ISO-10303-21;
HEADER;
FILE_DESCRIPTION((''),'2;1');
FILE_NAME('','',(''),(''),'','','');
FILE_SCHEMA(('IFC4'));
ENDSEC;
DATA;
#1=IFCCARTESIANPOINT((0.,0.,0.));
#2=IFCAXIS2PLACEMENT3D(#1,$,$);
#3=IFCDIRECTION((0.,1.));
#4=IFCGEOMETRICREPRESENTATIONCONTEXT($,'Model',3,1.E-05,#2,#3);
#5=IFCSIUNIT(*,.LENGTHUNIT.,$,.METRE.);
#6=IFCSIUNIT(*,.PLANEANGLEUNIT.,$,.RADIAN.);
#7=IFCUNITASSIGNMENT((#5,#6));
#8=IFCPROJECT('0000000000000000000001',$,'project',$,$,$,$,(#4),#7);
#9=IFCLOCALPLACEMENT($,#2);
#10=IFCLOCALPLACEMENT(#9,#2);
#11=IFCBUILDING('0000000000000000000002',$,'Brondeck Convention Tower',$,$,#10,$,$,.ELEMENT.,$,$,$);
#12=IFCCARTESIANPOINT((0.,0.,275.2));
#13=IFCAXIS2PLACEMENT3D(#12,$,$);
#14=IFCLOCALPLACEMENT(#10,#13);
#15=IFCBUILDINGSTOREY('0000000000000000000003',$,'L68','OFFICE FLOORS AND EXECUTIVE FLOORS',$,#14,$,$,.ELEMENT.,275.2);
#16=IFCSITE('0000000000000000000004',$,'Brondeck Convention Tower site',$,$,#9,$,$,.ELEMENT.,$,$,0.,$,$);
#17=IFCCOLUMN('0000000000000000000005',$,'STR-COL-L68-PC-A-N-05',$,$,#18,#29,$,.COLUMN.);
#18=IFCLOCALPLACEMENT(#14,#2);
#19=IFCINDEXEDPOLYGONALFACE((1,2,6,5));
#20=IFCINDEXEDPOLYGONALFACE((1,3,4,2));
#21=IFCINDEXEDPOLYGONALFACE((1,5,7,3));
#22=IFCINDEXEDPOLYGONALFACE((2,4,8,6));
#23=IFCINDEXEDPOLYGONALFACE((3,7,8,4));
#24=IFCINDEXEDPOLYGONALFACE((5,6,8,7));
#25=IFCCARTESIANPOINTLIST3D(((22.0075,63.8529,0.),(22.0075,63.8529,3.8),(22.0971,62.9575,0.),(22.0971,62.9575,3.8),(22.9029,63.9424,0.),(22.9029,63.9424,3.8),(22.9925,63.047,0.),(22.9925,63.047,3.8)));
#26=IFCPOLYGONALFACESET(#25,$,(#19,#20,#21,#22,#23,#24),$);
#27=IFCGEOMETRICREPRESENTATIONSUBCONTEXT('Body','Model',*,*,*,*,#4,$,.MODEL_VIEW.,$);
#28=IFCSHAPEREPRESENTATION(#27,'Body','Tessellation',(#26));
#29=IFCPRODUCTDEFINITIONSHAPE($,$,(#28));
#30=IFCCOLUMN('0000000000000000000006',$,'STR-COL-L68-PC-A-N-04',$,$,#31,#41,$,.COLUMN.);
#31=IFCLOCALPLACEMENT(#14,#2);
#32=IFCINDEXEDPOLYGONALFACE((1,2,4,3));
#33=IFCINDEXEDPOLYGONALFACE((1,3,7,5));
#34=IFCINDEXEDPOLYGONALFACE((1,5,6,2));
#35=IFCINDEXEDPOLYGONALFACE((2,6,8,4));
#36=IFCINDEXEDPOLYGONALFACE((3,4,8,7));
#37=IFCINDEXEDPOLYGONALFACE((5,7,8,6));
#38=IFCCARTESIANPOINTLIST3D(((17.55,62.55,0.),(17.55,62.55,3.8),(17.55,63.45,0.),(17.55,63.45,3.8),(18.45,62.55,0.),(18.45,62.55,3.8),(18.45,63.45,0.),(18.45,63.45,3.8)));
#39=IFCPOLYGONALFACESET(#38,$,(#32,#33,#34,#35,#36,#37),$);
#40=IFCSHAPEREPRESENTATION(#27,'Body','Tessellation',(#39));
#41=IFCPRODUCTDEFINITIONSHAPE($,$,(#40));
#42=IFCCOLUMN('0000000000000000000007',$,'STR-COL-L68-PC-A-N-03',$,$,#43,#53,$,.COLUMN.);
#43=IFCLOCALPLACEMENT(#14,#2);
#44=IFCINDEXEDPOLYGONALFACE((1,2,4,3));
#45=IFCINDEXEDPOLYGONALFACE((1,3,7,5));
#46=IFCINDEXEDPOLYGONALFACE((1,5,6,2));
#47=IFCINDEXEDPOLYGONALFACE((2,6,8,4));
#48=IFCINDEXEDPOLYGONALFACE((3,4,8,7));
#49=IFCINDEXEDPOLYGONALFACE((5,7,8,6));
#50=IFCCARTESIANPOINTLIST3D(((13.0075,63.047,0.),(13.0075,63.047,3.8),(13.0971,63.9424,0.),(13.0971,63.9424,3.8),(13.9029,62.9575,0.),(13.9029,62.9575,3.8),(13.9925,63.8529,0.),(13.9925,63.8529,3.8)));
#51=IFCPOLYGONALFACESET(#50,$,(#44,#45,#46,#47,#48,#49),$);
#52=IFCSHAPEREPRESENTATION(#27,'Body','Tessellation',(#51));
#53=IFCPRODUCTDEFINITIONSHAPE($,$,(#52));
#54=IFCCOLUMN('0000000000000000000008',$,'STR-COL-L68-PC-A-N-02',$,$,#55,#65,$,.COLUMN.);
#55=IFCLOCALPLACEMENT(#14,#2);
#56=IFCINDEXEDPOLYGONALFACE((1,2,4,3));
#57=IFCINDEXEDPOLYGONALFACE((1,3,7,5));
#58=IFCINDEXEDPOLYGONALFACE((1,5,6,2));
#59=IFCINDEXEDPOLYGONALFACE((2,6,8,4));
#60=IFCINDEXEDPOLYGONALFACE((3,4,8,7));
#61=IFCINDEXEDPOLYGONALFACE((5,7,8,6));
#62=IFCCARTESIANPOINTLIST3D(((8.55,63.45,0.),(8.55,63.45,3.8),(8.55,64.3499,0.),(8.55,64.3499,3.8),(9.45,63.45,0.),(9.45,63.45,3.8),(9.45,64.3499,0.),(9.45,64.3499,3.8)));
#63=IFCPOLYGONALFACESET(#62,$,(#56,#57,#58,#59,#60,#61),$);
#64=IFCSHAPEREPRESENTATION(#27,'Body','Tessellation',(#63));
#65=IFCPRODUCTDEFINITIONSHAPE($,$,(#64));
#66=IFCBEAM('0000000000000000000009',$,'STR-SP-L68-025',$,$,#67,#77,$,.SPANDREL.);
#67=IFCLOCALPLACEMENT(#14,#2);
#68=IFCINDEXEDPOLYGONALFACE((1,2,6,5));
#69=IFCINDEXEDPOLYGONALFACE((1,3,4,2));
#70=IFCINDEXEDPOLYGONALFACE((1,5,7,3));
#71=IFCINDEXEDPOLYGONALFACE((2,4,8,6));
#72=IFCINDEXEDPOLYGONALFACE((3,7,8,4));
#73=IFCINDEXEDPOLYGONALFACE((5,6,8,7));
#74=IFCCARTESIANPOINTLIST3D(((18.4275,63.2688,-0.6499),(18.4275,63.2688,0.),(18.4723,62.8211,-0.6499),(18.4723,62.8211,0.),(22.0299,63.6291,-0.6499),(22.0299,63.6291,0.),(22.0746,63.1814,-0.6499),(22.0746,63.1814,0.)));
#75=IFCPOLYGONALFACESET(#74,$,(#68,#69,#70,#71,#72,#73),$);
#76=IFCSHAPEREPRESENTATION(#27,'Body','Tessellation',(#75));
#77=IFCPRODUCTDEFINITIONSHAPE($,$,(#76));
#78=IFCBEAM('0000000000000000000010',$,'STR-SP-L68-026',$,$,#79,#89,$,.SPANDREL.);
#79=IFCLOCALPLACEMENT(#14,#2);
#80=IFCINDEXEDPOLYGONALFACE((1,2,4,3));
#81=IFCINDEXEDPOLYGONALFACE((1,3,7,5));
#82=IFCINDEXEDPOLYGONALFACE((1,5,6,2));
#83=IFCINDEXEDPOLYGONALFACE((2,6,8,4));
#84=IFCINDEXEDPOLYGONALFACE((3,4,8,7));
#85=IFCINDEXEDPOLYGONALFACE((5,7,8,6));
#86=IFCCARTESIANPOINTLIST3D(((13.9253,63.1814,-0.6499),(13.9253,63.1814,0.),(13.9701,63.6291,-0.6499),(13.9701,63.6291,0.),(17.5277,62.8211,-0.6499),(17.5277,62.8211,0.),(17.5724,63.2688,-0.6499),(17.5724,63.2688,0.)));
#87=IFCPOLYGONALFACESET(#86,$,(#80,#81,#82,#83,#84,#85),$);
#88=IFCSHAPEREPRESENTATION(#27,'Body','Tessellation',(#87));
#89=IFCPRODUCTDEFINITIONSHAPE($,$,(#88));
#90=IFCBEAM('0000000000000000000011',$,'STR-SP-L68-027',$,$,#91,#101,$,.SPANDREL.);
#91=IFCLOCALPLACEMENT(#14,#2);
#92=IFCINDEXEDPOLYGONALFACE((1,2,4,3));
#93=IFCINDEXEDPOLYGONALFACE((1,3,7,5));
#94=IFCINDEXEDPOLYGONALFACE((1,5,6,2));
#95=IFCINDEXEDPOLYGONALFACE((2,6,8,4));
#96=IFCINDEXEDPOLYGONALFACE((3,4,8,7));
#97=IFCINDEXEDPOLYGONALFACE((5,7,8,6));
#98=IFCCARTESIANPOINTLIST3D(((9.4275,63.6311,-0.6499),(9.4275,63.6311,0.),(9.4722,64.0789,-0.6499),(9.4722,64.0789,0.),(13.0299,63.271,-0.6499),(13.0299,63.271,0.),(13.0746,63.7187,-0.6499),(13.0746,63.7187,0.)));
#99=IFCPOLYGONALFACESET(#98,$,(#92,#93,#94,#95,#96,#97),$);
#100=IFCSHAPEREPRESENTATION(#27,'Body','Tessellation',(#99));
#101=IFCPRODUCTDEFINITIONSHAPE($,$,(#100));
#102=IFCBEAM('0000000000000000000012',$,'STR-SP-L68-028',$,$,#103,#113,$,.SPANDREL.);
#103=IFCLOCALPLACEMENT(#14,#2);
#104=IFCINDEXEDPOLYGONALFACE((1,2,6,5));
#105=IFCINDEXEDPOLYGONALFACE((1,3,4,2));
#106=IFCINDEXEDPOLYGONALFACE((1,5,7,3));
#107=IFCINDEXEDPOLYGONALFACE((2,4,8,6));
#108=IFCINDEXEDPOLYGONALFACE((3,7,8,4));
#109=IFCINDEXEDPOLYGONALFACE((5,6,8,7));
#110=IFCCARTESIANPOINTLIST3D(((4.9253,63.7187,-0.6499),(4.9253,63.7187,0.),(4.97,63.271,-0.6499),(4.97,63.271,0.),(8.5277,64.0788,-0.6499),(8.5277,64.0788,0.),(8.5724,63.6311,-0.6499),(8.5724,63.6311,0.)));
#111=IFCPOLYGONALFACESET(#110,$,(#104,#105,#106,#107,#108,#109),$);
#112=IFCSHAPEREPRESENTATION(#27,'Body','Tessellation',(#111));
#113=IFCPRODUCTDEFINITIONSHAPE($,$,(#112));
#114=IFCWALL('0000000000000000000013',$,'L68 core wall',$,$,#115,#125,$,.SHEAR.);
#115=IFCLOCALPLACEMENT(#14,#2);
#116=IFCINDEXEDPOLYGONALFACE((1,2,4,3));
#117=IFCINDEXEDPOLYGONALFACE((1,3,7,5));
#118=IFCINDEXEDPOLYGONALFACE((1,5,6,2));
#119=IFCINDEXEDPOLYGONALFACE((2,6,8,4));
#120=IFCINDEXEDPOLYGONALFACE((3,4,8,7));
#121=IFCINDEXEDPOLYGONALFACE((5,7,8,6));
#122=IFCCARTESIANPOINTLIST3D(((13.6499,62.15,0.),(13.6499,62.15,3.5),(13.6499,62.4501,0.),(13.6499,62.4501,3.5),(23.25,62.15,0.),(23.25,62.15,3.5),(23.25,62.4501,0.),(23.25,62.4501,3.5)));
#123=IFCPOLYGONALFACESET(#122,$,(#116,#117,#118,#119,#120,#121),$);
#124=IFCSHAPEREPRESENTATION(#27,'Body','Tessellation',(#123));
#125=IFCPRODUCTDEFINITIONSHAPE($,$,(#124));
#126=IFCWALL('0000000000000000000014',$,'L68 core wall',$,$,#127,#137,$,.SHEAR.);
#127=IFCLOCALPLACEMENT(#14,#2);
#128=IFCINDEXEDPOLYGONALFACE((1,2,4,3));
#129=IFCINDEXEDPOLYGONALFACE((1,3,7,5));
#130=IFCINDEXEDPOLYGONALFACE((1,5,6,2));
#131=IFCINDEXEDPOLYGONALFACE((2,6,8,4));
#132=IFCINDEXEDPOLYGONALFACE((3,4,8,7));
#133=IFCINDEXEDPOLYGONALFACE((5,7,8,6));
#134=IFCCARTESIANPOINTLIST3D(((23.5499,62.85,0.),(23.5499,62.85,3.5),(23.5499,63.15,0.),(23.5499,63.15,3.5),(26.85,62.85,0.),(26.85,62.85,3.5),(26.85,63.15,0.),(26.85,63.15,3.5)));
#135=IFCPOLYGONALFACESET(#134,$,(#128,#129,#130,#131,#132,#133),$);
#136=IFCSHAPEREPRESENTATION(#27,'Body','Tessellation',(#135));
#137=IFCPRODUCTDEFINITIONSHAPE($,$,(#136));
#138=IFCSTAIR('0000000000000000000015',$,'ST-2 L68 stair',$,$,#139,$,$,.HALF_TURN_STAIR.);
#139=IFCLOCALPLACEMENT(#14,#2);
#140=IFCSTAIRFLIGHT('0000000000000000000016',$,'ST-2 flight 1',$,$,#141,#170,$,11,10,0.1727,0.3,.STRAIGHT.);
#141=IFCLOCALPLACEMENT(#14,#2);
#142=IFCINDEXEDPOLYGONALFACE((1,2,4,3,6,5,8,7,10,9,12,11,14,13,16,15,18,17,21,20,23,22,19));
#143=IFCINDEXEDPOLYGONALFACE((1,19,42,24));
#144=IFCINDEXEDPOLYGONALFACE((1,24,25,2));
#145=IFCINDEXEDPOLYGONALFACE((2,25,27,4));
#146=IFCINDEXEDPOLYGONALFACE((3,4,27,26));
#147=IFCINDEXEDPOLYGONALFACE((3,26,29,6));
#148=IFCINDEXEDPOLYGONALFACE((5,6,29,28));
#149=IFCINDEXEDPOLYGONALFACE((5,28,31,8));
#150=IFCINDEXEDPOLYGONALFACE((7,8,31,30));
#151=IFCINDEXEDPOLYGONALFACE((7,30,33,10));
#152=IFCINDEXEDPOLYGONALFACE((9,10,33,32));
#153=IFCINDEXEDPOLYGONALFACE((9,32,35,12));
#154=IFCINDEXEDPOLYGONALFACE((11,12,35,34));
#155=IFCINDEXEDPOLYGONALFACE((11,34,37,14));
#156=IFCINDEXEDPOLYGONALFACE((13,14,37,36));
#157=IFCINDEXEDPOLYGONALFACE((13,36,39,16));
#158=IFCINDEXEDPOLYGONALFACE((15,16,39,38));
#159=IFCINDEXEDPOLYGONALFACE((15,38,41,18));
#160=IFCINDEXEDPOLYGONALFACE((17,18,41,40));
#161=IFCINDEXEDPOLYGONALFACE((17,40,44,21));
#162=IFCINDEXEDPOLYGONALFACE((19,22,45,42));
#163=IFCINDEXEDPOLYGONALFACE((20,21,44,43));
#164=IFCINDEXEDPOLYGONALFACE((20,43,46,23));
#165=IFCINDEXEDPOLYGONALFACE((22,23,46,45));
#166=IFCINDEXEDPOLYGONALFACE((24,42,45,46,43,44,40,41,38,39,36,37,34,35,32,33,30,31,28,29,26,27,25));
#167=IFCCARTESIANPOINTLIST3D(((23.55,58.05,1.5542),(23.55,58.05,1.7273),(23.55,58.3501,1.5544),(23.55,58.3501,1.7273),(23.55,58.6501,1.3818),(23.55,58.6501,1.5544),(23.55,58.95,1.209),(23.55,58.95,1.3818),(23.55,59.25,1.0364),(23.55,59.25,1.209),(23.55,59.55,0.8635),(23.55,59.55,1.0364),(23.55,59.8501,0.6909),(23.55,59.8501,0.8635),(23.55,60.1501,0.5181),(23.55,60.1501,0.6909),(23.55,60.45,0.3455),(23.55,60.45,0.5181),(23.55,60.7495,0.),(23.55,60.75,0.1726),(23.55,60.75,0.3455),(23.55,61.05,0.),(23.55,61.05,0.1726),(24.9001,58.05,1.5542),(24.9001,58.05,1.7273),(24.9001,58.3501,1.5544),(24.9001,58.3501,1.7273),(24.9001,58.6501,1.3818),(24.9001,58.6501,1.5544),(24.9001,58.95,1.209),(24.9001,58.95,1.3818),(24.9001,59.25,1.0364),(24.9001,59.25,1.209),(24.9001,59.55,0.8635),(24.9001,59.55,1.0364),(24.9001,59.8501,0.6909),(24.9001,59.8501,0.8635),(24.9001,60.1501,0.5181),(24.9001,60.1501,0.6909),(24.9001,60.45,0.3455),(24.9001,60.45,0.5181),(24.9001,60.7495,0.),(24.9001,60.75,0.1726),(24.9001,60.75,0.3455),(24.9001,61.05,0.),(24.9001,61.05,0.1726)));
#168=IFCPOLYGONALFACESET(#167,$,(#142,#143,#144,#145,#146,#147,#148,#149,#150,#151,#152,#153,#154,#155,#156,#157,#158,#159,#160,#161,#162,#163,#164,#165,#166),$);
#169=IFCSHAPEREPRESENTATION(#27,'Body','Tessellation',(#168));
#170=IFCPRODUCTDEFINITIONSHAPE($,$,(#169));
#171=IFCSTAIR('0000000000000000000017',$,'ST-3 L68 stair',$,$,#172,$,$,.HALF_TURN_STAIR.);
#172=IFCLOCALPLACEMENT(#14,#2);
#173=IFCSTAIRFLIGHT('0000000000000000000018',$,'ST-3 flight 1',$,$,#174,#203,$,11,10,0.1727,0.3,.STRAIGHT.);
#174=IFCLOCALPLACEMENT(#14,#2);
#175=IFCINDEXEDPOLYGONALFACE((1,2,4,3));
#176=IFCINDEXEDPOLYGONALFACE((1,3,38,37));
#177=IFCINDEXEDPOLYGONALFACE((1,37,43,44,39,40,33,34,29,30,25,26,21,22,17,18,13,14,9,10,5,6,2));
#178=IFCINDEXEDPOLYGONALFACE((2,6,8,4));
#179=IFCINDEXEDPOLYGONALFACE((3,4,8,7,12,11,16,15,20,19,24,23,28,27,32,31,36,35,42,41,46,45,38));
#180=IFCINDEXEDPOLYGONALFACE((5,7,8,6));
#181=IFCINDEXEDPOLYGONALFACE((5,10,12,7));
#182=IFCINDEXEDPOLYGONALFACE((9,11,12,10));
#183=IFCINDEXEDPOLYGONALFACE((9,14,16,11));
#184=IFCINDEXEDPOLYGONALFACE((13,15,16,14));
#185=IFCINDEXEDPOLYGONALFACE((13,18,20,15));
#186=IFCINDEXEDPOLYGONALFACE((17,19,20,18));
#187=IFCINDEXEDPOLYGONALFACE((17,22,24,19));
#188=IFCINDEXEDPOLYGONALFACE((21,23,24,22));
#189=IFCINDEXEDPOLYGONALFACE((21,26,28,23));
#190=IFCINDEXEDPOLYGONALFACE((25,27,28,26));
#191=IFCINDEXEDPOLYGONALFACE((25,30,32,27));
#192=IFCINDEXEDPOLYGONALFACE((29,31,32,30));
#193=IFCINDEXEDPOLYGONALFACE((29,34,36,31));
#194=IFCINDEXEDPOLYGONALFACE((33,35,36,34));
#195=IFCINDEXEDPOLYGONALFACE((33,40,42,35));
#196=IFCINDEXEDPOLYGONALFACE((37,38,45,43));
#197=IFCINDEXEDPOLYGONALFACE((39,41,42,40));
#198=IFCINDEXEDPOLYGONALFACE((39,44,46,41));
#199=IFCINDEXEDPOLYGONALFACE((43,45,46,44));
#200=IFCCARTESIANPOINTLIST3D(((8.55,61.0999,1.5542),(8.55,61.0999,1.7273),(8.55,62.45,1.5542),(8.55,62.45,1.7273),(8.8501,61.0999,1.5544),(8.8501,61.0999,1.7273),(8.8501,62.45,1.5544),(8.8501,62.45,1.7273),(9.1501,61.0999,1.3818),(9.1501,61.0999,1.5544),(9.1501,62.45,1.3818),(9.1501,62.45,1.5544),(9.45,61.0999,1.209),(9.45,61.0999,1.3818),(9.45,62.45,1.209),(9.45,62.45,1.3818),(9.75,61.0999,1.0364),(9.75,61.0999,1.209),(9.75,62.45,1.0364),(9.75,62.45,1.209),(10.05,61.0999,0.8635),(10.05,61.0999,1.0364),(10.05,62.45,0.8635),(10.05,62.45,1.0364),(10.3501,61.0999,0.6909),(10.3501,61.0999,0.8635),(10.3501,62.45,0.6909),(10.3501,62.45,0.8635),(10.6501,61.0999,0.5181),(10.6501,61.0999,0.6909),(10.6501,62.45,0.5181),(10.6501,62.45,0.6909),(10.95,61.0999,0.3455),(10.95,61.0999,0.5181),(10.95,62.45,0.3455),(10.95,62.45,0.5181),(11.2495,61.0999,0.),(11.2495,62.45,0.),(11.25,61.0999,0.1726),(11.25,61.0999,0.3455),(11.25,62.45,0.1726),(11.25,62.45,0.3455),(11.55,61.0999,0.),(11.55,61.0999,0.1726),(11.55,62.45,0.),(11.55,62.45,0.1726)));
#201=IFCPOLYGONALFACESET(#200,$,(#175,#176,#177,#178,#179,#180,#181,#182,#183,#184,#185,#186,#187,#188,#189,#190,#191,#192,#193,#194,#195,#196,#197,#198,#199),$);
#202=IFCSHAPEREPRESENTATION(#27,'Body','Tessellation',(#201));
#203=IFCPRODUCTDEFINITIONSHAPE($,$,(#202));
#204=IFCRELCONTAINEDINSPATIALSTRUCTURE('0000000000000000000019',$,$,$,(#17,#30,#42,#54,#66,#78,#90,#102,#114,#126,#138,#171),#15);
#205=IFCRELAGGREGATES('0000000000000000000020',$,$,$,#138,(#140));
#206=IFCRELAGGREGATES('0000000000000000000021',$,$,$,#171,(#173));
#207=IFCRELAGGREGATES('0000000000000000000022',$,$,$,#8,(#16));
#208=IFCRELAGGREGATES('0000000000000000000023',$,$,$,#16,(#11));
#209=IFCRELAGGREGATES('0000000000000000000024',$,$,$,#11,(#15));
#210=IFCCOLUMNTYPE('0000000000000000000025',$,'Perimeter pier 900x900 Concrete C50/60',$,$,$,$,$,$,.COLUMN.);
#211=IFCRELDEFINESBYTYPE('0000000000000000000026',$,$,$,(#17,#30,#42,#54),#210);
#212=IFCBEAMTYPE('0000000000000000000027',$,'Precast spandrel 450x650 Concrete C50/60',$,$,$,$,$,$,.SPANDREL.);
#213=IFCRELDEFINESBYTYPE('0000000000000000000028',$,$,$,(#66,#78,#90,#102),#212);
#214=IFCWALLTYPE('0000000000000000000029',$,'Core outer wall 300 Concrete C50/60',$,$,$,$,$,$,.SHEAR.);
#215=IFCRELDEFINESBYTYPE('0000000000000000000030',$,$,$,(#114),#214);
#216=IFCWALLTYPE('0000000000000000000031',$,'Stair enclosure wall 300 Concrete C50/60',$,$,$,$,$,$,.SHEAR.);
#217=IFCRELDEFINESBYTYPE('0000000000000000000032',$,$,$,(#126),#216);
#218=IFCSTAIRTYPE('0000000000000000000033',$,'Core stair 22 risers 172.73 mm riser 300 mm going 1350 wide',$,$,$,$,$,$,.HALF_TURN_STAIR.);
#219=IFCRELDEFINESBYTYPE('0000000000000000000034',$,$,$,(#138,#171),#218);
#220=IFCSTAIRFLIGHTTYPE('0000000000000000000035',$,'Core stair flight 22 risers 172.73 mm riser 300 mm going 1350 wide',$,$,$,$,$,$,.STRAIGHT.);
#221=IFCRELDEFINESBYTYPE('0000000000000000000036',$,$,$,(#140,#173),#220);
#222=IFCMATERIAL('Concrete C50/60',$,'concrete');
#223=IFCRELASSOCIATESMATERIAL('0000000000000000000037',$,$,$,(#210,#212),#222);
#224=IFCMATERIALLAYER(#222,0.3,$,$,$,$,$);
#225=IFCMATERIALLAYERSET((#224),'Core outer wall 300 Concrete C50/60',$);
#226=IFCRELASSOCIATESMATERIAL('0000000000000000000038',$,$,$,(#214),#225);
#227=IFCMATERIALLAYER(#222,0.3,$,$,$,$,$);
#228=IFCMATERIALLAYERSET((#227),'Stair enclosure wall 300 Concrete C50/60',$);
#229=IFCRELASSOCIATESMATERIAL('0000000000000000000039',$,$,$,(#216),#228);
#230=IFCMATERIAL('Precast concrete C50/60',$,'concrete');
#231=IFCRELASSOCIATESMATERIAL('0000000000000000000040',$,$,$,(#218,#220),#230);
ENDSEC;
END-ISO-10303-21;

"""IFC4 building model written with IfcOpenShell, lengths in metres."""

from ifc_helpers import new_model, si_unit, direction, frame, frame_2d, origin, origin_2d, place, context, subcontext, project, spatial, polyline, rectangle, outline, extrude, material, layer, layer_set, material_profile, profile_set, type_object, element, aggregate, save


model = new_model("IFC4")

# Units and contexts
model_context = context("Model", 3, precision=1e-05, world=origin(), true_north=direction((0.0, 1.0)))
body_context = subcontext(model_context, "Body", "Model", "MODEL_VIEW")
ifc_project = project(units=[si_unit("LENGTHUNIT", "METRE"), si_unit("PLANEANGLEUNIT", "RADIAN")], contexts=[model_context])

# Site, building, storey
site_placement = place(None, origin())
site = spatial("IfcSite", under=ifc_project, at=site_placement, Name="Brondeck Convention Tower site", CompositionType="ELEMENT", RefElevation=0.0)
building_placement = place(site_placement, origin())
building = spatial("IfcBuilding", under=site, at=building_placement, Name="Brondeck Convention Tower", CompositionType="ELEMENT")
storey_placement = place(building_placement, frame((0.0, 0.0, 275.2)))
storey = spatial("IfcBuildingStorey", under=building, at=storey_placement, Name="L68", Description="OFFICE FLOORS AND EXECUTIVE FLOORS", CompositionType="ELEMENT", Elevation=275.2)

# Columns
ifc_material_1 = material(Name="Concrete C50/60", Category="concrete")
ifc_material_profile_1 = material_profile(ifc_material_1, rectangle(XDim=0.8999, YDim=0.8999, at=origin_2d()), Name="Perimeter pier 900x900 Concrete C50/60")
ifc_profile_set_1 = profile_set([ifc_material_profile_1], Name="Concrete C50/60")
column_type = type_object("IfcColumnType", Name="Perimeter pier 900x900 Concrete C50/60", PredefinedType="COLUMN", material=ifc_profile_set_1)
for number, where, z_axis, x_axis, name in (
    (1, (22.5, 63.45, 0.0), (0.0, 0.0, 1.0), (-0.995037, -0.099504, 0.0), "STR-COL-L68-PC-A-N-05"),
    (2, (18.0, 63.0, 0.0), (0.0, 0.0, 1.0), (-1.0, 0.0, 0.0), "STR-COL-L68-PC-A-N-04"),
    (3, (13.5, 63.45, 0.0), (0.0, 0.0, 1.0), (-0.995037, 0.099504, 0.0), "STR-COL-L68-PC-A-N-03"),
    (4, (9.0, 63.8999, 0.0), (0.0, 0.0, 1.0), (-1.0, 0.0, 0.0), "STR-COL-L68-PC-A-N-02"),
):
    element("IfcColumn", number, at=place(storey_placement, frame(where, z_axis=z_axis, x_axis=x_axis)), inside=storey, type_object=column_type, Name=name, PredefinedType="COLUMN", context=body_context, shape_type="SweptSolid", body=[
        extrude(rectangle(XDim=0.8999, YDim=0.8999, at=origin_2d()), origin(), (0.0, 0.0, 1.0), 3.8),
    ])

# Beams
ifc_material_profile_2 = material_profile(ifc_material_1, rectangle(XDim=0.45, YDim=0.6499, at=origin_2d()), Name="Precast spandrel 450x650 Concrete C50/60")
ifc_profile_set_2 = profile_set([ifc_material_profile_2], Name="Concrete C50/60")
beam_type = type_object("IfcBeamType", Name="Precast spandrel 450x650 Concrete C50/60", PredefinedType="SPANDREL", material=ifc_profile_set_2)
for number, where, z_axis, x_axis, name in (
    (5, (22.0522, 63.4053, -0.325), (-0.995034, -0.099537, 0.0), (0.099537, -0.995034, 0.0), "STR-SP-L68-025"),
    (6, (17.55, 63.0449, -0.325), (-0.995034, 0.099537, 0.0), (-0.099537, -0.995034, 0.0), "STR-SP-L68-026"),
    (7, (13.0522, 63.4949, -0.325), (-0.995041, 0.09947, 0.0), (-0.09947, -0.995041, 0.0), "STR-SP-L68-027"),
    (8, (8.55, 63.855, -0.325), (-0.995041, -0.09947, 0.0), (0.09947, -0.995041, 0.0), "STR-SP-L68-028"),
):
    element("IfcBeam", number, at=place(storey_placement, frame(where, z_axis=z_axis, x_axis=x_axis)), inside=storey, type_object=beam_type, Name=name, PredefinedType="SPANDREL", context=body_context, shape_type="SweptSolid", body=[
        extrude(rectangle(XDim=0.45, YDim=0.6499, at=origin_2d()), origin(), (0.0, 0.0, 1.0), 3.6204),
    ])

# Walls
ifc_layer_1 = layer(ifc_material_1, 0.3)
ifc_layer_set_1 = layer_set([ifc_layer_1], Name="Core outer wall 300 Concrete C50/60")
wall_type_1 = type_object("IfcWallType", Name="Core outer wall 300 Concrete C50/60", PredefinedType="SHEAR", material=ifc_layer_set_1)
wall_1_placement = place(storey_placement, frame((13.6499, 62.3, 0.0), z_axis=(0.0, 0.0, 1.0), x_axis=(1.0, 0.0, 0.0)))
element("IfcWall", 9, at=wall_1_placement, inside=storey, type_object=wall_type_1, Name="L68 core wall", PredefinedType="SHEAR", context=body_context, shape_type="SweptSolid", body=[
    extrude(rectangle(XDim=9.6001, YDim=0.3, at=frame_2d((4.8, 0.0))), origin(), (0.0, 0.0, 1.0), 3.5),
])
ifc_layer_2 = layer(ifc_material_1, 0.3)
ifc_layer_set_2 = layer_set([ifc_layer_2], Name="Stair enclosure wall 300 Concrete C50/60")
wall_type_2 = type_object("IfcWallType", Name="Stair enclosure wall 300 Concrete C50/60", PredefinedType="SHEAR", material=ifc_layer_set_2)
wall_2_placement = place(storey_placement, frame((23.55, 63.0, 0.0), z_axis=(0.0, 0.0, 1.0), x_axis=(1.0, 0.0, 0.0)))
element("IfcWall", 10, at=wall_2_placement, inside=storey, type_object=wall_type_2, Name="L68 core wall", PredefinedType="SHEAR", context=body_context, shape_type="SweptSolid", body=[
    extrude(rectangle(XDim=3.3, YDim=0.3, at=frame_2d((1.6499, 0.0))), origin(), (0.0, 0.0, 1.0), 3.5),
])

# Stairs, stair flights
ifc_material_2 = material(Name="Precast concrete C50/60", Category="concrete")
stair_type = type_object("IfcStairType", Name="Core stair 22 risers 172.73 mm riser 300 mm going 1350 wide", PredefinedType="HALF_TURN_STAIR", material=ifc_material_2)
stair_1_placement = place(storey_placement, origin())
stair_1 = element("IfcStair", 11, at=stair_1_placement, inside=storey, type_object=stair_type, Name="ST-2 L68 stair", PredefinedType="HALF_TURN_STAIR")
stair_flight_type = type_object("IfcStairFlightType", Name="Core stair flight 22 risers 172.73 mm riser 300 mm going 1350 wide", PredefinedType="STRAIGHT", material=ifc_material_2)
stair_flight_1_placement = place(storey_placement, frame((24.2251, 61.05, 0.0), z_axis=(0.0, 0.0, 1.0), x_axis=(0.0, -1.0, 0.0)))
stair_flight_1 = element("IfcStairFlight", 12, at=stair_flight_1_placement, type_object=stair_flight_type, Name="ST-2 flight 1", NumberOfRisers=11, NumberOfTreads=10, PredefinedType="STRAIGHT", RiserHeight=0.1727, TreadLength=0.3, context=body_context, shape_type="SweptSolid", body=[
    extrude(outline(polyline([(0.0, 0.0), (0.0, 0.1726), (0.3, 0.1726), (0.3, 0.3455), (0.6001, 0.3455), (0.6001, 0.5181), (0.8999, 0.5181), (0.8999, 0.6909), (1.2, 0.6909), (1.2, 0.8635), (1.5, 0.8635), (1.5, 1.0364), (1.8, 1.0364), (1.8, 1.209), (2.1001, 1.209), (2.1001, 1.3818), (2.3999, 1.3818), (2.3999, 1.5544), (2.7, 1.5544), (2.7, 1.7273), (3.0, 1.7273), (3.0, 1.8999), (3.0, 1.5542), (0.3005, 0.0), (0.0, 0.0)])), frame((0.0, 0.675, 0.0), z_axis=(0.0, -1.0, 0.0), x_axis=(1.0, 0.0, 0.0)), (0.0, 0.0, 1.0), 1.3501),
])
aggregate(stair_1, [stair_flight_1])
stair_2_placement = place(storey_placement, origin())
stair_2 = element("IfcStair", 13, at=stair_2_placement, inside=storey, type_object=stair_type, Name="ST-3 L68 stair", PredefinedType="HALF_TURN_STAIR")
stair_flight_2_placement = place(storey_placement, frame((11.55, 61.7749, 0.0), z_axis=(0.0, 0.0, 1.0), x_axis=(-1.0, 0.0, 0.0)))
stair_flight_2 = element("IfcStairFlight", 14, at=stair_flight_2_placement, type_object=stair_flight_type, Name="ST-3 flight 1", NumberOfRisers=11, NumberOfTreads=10, PredefinedType="STRAIGHT", RiserHeight=0.1727, TreadLength=0.3, context=body_context, shape_type="SweptSolid", body=[
    extrude(outline(polyline([(0.0, 0.0), (0.0, 0.1726), (0.3, 0.1726), (0.3, 0.3455), (0.6001, 0.3455), (0.6001, 0.5181), (0.8999, 0.5181), (0.8999, 0.6909), (1.2, 0.6909), (1.2, 0.8635), (1.5, 0.8635), (1.5, 1.0364), (1.8, 1.0364), (1.8, 1.209), (2.1001, 1.209), (2.1001, 1.3818), (2.3999, 1.3818), (2.3999, 1.5544), (2.7, 1.5544), (2.7, 1.7273), (3.0, 1.7273), (3.0, 1.8999), (3.0, 1.5542), (0.3005, 0.0), (0.0, 0.0)])), frame((0.0, 0.675, 0.0), z_axis=(0.0, -1.0, 0.0), x_axis=(1.0, 0.0, 0.0)), (0.0, 0.0, 1.0), 1.3501),
])
aggregate(stair_2, [stair_flight_2])

save(model, "model.ifc")
